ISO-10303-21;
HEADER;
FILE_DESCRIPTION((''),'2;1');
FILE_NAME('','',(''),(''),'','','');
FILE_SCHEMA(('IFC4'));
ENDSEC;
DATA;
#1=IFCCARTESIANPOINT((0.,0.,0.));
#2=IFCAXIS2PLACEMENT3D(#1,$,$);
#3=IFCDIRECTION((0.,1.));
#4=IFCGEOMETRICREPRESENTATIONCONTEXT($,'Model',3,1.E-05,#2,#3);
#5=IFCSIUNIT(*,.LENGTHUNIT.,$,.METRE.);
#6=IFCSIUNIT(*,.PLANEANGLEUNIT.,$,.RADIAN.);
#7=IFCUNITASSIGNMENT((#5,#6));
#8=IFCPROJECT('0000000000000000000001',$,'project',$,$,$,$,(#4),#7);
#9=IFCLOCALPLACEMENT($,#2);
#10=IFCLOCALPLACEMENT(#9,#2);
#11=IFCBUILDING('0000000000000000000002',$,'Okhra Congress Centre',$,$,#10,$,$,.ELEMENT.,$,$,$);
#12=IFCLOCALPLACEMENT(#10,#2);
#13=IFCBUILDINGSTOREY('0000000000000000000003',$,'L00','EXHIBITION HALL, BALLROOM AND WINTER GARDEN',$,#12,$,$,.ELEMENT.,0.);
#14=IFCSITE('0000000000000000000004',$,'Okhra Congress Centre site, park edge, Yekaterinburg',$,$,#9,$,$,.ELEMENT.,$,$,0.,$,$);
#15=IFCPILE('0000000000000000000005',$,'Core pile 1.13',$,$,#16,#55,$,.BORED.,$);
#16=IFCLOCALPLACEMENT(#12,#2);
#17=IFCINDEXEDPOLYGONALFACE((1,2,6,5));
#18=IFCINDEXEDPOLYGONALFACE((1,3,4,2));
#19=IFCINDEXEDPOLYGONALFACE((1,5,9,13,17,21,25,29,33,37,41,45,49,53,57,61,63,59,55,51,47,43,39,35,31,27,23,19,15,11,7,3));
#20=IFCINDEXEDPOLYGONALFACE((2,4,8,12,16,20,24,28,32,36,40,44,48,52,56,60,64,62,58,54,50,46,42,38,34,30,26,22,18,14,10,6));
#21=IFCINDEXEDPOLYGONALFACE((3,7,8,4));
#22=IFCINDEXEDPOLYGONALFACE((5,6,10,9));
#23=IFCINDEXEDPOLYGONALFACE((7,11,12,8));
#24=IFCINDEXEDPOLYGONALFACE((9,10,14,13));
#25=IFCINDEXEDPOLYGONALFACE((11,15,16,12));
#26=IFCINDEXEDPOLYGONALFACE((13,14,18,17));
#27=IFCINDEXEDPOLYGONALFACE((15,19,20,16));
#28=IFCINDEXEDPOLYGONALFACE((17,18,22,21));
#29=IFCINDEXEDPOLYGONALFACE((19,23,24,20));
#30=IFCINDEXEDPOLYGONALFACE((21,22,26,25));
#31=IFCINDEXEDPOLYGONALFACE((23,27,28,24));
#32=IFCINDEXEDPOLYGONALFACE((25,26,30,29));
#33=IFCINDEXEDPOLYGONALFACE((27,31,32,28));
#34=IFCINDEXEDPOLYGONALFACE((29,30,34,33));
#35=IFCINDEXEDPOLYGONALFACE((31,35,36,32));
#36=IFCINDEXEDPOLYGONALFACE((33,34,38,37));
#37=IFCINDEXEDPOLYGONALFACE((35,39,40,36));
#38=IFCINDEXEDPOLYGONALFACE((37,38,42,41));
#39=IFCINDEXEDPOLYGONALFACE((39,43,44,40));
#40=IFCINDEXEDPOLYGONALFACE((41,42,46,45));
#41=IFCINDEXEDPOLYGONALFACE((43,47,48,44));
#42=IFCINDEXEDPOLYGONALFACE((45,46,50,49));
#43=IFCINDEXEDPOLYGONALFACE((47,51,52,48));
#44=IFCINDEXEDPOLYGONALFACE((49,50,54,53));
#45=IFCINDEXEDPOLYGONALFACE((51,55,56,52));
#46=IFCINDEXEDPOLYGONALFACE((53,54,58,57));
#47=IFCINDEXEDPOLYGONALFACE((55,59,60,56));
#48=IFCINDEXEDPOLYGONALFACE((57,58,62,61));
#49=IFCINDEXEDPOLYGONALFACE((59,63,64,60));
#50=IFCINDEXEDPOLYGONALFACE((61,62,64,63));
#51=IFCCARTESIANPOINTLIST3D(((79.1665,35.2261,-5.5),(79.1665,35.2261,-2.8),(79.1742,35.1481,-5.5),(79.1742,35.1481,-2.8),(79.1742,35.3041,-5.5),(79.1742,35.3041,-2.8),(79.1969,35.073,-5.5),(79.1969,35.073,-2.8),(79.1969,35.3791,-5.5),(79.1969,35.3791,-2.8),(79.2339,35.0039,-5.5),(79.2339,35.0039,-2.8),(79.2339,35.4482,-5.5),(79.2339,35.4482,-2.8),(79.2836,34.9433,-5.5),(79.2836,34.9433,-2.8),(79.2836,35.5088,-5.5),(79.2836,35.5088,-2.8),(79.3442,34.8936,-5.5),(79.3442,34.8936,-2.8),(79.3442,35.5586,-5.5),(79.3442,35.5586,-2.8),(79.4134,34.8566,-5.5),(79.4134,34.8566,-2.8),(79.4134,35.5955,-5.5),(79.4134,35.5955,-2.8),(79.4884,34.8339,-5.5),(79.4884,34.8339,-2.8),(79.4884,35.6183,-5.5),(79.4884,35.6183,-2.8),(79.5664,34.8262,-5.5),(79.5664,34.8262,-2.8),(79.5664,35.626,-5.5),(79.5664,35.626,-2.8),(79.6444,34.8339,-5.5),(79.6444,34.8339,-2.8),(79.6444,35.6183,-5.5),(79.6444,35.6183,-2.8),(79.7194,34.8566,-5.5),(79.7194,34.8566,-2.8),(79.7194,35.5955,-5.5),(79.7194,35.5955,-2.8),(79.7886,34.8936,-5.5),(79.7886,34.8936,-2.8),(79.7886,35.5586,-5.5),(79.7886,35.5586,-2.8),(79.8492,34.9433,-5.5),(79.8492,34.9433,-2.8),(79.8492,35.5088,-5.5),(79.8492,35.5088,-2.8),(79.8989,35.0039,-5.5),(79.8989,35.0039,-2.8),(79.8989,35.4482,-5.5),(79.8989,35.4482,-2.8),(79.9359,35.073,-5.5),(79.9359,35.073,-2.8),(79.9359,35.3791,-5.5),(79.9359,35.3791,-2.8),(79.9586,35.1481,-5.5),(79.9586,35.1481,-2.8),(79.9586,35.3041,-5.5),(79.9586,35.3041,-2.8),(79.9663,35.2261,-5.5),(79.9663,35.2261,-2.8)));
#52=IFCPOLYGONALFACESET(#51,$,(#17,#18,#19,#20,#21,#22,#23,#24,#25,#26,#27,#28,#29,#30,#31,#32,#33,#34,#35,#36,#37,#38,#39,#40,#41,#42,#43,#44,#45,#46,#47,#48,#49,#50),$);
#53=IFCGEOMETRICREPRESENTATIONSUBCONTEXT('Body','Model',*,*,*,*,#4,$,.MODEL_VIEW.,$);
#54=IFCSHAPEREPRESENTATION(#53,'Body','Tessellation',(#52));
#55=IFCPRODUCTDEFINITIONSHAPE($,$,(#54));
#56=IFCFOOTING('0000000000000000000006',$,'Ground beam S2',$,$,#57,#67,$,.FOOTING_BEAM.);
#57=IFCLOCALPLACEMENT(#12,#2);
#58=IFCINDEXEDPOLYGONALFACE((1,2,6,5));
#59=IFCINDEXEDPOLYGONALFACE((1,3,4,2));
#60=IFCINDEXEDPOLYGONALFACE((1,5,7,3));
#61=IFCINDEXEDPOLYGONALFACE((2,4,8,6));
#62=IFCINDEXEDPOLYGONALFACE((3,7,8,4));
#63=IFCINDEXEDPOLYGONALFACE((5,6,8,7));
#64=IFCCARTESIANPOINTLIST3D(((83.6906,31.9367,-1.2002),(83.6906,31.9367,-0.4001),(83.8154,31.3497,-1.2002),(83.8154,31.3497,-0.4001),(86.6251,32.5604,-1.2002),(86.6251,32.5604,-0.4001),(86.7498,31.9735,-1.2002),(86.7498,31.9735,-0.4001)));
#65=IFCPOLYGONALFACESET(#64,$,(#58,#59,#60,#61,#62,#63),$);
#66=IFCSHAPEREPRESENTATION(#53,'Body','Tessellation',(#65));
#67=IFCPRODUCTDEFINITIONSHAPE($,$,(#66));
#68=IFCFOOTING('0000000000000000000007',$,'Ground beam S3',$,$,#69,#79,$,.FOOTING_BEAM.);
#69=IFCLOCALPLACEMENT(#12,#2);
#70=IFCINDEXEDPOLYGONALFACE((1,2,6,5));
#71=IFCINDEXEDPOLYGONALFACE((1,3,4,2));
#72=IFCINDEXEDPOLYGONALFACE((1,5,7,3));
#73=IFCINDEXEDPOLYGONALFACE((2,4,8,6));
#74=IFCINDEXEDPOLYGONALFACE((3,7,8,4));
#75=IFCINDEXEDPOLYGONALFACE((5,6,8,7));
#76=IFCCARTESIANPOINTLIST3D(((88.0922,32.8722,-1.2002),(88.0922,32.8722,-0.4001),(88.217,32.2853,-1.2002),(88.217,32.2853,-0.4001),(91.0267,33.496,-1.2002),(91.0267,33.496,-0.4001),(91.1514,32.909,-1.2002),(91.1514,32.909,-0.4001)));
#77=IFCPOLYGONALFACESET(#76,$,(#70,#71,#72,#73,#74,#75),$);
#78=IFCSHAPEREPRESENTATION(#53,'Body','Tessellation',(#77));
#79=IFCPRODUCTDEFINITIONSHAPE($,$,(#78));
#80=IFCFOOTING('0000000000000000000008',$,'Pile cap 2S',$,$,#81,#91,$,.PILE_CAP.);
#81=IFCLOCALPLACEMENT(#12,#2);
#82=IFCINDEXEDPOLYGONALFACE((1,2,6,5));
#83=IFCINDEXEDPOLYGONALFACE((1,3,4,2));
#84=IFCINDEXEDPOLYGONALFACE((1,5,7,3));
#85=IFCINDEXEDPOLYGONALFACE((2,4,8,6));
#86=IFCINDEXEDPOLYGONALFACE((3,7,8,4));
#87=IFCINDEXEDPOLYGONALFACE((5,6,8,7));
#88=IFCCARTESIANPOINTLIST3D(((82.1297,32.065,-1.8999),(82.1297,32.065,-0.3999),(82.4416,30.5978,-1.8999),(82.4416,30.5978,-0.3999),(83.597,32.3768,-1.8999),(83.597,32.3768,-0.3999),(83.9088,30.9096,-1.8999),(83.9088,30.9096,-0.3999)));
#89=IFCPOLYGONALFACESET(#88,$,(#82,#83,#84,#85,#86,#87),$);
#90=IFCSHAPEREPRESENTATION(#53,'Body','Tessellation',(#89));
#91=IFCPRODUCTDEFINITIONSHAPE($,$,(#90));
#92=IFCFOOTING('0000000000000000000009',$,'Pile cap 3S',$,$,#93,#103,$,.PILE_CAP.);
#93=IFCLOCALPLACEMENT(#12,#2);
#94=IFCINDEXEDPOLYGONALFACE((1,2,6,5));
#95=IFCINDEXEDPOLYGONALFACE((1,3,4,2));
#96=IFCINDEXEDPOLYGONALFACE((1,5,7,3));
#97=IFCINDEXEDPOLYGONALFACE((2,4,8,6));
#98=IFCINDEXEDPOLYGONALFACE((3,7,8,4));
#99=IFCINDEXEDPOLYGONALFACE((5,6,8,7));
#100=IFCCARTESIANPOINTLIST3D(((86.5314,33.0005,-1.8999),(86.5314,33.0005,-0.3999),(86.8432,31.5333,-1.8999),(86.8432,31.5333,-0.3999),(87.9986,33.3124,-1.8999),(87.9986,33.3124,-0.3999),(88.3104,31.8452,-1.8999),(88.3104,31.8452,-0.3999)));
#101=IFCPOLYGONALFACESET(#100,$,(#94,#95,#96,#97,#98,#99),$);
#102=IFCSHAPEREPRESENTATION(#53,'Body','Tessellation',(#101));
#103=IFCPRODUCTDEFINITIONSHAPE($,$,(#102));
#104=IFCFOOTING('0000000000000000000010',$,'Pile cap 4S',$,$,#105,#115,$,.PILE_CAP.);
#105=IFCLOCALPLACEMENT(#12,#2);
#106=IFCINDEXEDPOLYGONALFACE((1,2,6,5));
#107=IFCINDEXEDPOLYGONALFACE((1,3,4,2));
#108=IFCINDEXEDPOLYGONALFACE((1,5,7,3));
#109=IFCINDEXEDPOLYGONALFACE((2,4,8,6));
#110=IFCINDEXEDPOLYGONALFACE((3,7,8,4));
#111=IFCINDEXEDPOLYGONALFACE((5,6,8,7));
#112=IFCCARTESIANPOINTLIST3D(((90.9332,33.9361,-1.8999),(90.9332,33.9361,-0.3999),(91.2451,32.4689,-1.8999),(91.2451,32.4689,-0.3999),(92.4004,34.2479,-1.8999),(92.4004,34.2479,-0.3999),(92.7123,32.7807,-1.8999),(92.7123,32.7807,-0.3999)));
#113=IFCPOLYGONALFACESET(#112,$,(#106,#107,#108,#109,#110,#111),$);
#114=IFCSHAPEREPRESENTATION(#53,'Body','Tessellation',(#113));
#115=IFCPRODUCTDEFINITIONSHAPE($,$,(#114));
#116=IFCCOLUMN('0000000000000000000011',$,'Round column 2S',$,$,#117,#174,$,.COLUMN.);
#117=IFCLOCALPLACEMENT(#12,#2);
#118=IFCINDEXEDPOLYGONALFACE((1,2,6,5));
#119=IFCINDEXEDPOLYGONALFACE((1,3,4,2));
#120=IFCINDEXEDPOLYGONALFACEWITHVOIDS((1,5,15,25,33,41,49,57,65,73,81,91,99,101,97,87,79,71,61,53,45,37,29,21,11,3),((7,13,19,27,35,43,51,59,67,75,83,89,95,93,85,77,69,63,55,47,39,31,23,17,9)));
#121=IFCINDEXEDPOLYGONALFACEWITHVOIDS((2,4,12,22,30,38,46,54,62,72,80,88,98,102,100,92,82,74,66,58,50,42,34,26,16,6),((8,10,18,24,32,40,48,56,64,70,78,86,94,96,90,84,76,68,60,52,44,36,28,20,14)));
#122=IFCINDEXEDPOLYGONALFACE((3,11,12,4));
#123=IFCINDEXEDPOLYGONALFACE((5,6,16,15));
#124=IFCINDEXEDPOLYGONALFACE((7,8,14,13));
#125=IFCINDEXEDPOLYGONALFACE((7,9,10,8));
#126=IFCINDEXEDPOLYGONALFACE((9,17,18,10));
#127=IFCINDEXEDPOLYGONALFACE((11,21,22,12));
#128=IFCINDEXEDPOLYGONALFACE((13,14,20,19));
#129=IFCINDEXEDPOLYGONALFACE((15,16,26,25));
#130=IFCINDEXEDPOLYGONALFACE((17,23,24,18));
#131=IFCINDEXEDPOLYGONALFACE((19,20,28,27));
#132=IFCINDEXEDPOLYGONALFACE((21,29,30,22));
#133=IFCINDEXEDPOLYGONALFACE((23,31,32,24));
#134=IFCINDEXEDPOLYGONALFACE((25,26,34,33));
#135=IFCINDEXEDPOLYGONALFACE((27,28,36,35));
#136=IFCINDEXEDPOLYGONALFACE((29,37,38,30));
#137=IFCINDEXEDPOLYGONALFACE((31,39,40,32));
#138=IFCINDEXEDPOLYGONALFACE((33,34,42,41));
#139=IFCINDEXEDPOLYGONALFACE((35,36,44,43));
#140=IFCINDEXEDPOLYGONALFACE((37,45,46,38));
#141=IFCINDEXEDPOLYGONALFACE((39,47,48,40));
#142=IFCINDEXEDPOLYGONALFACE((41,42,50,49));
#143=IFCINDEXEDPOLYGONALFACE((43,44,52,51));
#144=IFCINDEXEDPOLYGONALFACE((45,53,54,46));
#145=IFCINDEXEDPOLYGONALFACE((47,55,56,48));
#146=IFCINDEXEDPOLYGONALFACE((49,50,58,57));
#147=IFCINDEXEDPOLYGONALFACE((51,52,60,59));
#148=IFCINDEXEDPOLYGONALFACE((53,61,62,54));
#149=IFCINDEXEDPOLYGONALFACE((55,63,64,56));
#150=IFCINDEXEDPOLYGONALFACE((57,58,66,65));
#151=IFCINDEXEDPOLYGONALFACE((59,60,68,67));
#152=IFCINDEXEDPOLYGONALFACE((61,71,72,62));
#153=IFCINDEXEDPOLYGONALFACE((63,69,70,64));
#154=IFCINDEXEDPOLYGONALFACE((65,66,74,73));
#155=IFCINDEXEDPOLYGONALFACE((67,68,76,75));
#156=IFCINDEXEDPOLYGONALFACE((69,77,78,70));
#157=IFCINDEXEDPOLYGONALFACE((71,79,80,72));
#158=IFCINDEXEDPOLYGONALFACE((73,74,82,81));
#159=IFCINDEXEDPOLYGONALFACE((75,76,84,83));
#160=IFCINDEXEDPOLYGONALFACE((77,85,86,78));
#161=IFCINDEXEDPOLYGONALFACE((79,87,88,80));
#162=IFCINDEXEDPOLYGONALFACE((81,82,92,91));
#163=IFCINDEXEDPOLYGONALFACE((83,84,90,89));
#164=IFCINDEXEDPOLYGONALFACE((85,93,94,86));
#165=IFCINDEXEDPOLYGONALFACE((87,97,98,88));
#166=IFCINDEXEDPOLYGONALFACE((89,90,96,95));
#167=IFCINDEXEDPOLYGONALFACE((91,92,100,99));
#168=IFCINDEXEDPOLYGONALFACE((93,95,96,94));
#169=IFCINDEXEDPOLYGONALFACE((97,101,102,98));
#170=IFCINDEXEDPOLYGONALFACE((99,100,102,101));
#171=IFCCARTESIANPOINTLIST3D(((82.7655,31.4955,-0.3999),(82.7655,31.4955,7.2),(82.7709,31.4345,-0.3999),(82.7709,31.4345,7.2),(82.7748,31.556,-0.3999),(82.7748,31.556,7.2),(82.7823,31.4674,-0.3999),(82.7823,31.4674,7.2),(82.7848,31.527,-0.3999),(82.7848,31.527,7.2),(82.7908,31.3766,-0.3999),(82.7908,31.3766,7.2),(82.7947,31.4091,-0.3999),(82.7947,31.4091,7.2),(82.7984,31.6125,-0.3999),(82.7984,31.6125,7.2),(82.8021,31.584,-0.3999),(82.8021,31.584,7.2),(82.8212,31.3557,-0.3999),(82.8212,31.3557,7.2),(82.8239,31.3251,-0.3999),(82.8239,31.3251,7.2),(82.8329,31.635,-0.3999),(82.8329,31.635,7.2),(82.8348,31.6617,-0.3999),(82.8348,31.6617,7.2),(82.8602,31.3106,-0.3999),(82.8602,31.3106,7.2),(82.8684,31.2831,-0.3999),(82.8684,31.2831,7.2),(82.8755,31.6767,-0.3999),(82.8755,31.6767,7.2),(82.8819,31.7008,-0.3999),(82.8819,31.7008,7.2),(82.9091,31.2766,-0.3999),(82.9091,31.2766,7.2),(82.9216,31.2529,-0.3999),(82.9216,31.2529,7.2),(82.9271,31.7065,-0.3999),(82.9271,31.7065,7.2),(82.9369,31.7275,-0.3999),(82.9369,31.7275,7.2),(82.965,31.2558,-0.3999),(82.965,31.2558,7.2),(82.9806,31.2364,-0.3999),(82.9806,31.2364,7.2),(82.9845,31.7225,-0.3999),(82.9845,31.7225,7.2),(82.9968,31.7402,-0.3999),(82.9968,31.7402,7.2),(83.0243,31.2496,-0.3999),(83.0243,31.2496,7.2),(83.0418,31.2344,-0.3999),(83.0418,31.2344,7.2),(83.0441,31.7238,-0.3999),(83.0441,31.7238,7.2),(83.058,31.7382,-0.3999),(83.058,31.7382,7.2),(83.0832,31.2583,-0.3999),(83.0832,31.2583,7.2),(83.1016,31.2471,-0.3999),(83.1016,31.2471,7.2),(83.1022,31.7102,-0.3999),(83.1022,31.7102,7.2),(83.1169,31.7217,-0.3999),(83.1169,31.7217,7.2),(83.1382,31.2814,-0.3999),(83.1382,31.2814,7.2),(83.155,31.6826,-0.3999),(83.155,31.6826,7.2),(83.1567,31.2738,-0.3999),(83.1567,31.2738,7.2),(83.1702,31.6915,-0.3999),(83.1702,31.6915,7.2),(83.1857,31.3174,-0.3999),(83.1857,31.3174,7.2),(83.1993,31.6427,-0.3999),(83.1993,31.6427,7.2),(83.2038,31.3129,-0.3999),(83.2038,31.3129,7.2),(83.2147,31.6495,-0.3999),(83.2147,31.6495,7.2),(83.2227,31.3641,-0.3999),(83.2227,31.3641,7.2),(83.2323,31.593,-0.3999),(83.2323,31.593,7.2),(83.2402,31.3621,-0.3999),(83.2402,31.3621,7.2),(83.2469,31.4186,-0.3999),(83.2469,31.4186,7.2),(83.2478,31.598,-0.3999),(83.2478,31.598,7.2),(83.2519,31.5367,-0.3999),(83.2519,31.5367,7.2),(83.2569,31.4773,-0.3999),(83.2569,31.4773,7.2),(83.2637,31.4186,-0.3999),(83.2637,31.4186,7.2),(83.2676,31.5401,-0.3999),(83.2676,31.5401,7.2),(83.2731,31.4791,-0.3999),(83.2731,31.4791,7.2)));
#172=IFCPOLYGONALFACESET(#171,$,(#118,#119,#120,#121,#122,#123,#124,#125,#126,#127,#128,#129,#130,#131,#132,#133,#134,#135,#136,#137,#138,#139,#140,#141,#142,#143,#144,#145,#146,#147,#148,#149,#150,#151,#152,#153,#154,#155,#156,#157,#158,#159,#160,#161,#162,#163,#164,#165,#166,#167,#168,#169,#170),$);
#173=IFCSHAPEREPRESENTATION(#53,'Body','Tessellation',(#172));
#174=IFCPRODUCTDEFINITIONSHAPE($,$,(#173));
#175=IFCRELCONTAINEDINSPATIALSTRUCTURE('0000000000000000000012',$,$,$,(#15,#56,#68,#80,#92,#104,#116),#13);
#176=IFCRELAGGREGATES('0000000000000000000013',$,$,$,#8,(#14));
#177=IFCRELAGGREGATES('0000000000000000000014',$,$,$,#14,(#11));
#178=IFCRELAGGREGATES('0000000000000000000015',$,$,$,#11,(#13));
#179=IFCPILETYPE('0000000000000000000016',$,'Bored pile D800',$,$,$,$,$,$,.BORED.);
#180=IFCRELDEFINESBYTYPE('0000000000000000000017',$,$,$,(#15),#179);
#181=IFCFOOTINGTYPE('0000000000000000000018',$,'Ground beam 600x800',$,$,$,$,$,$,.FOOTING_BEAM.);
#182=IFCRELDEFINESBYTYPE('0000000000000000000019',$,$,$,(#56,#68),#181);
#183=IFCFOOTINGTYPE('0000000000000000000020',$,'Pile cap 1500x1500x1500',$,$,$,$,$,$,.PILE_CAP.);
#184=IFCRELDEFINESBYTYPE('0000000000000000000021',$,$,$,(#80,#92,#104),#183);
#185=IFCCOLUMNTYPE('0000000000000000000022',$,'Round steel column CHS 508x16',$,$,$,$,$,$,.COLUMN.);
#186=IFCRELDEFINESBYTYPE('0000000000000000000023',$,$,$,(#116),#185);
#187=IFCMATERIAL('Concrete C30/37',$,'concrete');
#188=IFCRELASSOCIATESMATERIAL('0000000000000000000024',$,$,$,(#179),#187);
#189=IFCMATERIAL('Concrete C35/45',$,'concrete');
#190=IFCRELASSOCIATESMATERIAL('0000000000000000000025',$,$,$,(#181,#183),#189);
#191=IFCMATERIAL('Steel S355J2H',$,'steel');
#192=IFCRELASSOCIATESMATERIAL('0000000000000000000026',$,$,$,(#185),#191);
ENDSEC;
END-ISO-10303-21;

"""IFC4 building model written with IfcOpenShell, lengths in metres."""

from ifc_helpers import new_model, si_unit, direction, frame, origin, origin_2d, place, context, subcontext, project, spatial, rectangle, circle, hollow_circle, extrude, material, material_profile, profile_set, type_object, element, save


model = new_model("IFC4")

# Units and contexts
model_context = context("Model", 3, precision=1e-05, world=origin(), true_north=direction((0.0, 1.0)))
body_context = subcontext(model_context, "Body", "Model", "MODEL_VIEW")
ifc_project = project(units=[si_unit("LENGTHUNIT", "METRE"), si_unit("PLANEANGLEUNIT", "RADIAN")], contexts=[model_context])

# Site, building, storey
site_placement = place(None, origin())
site = spatial("IfcSite", under=ifc_project, at=site_placement, Name="Okhra Congress Centre site, park edge, Yekaterinburg", CompositionType="ELEMENT", RefElevation=0.0)
building_placement = place(site_placement, origin())
building = spatial("IfcBuilding", under=site, at=building_placement, Name="Okhra Congress Centre", CompositionType="ELEMENT")
storey_placement = place(building_placement, origin())
storey = spatial("IfcBuildingStorey", under=building, at=storey_placement, Name="L00", Description="EXHIBITION HALL, BALLROOM AND WINTER GARDEN", CompositionType="ELEMENT", Elevation=0.0)

# Pile
ifc_material_1 = material(Name="Concrete C30/37", Category="concrete")
ifc_material_profile_1 = material_profile(ifc_material_1, circle(Radius=0.3999, at=origin_2d()), Name="D800")
ifc_profile_set_1 = profile_set([ifc_material_profile_1], Name="Concrete C30/37")
pile_type_1 = type_object("IfcPileType", Name="Bored pile D800", PredefinedType="BORED", material=ifc_profile_set_1)
pile_1_placement = place(storey_placement, frame((79.5664, 35.2261, -2.8), z_axis=(0.0, 0.0, -1.0), x_axis=(1.0, 0.0, 0.0)))
element("IfcPile", 1, at=pile_1_placement, inside=storey, type_object=pile_type_1, Name="Core pile 1.13", PredefinedType="BORED", context=body_context, shape_type="SweptSolid", body=[
    extrude(circle(Radius=0.3999, at=origin_2d()), origin(), (0.0, 0.0, 1.0), 2.7),
])

# Footings
ifc_material_2 = material(Name="Concrete C35/45", Category="concrete")
footing_type_1 = type_object("IfcFootingType", Name="Ground beam 600x800", PredefinedType="FOOTING_BEAM", material=ifc_material_2)
for number, where, z_axis, x_axis, name in (
    (2, (85.2202, 31.9551, -1.2002), (0.0, 0.0, 1.0), (0.978148, 0.207912, 0.0), "Ground beam S2"),
    (3, (89.6218, 32.8906, -1.2002), (0.0, 0.0, 1.0), (0.978148, 0.207912, 0.0), "Ground beam S3"),
):
    element("IfcFooting", number, at=place(storey_placement, frame(where, z_axis=z_axis, x_axis=x_axis)), inside=storey, type_object=footing_type_1, Name=name, PredefinedType="FOOTING_BEAM", context=body_context, shape_type="SweptSolid", body=[
        extrude(rectangle(XDim=3.0, YDim=0.6001, at=origin_2d()), origin(), (0.0, 0.0, 1.0), 0.8),
    ])
footing_type_2 = type_object("IfcFootingType", Name="Pile cap 1500x1500x1500", PredefinedType="PILE_CAP", material=ifc_material_2)
for number, where, z_axis, x_axis, name in (
    (4, (83.0193, 31.4873, -1.8999), (0.0, 0.0, 1.0), (0.978148, 0.207912, 0.0), "Pile cap 2S"),
    (5, (87.4209, 32.4229, -1.8999), (0.0, 0.0, 1.0), (0.978148, 0.207912, 0.0), "Pile cap 3S"),
    (6, (91.8228, 33.3584, -1.8999), (0.0, 0.0, 1.0), (0.978148, 0.207912, 0.0), "Pile cap 4S"),
):
    element("IfcFooting", number, at=place(storey_placement, frame(where, z_axis=z_axis, x_axis=x_axis)), inside=storey, type_object=footing_type_2, Name=name, PredefinedType="PILE_CAP", context=body_context, shape_type="SweptSolid", body=[
        extrude(rectangle(XDim=1.5, YDim=1.5, at=origin_2d()), origin(), (0.0, 0.0, 1.0), 1.5),
    ])

# Column
ifc_material_3 = material(Name="Steel S355J2H", Category="steel")
ifc_material_profile_2 = material_profile(ifc_material_3, hollow_circle(Radius=0.2539, WallThickness=0.0161, at=origin_2d()), Name="CHS 508x16")
ifc_profile_set_2 = profile_set([ifc_material_profile_2], Name="Steel S355J2H")
column_type = type_object("IfcColumnType", Name="Round steel column CHS 508x16", PredefinedType="COLUMN", material=ifc_profile_set_2)
for number, where, z_axis, x_axis, name in (
    (7, (83.0193, 31.4873, -0.3999), (0.0, 0.0, 1.0), (0.978148, 0.207912, 0.0), "Round column 2S"),
):
    element("IfcColumn", number, at=place(storey_placement, frame(where, z_axis=z_axis, x_axis=x_axis)), inside=storey, type_object=column_type, Name=name, PredefinedType="COLUMN", context=body_context, shape_type="SweptSolid", body=[
        extrude(hollow_circle(Radius=0.2539, WallThickness=0.0161, at=origin_2d()), origin(), (0.0, 0.0, 1.0), 7.5999),
    ])

save(model, "model.ifc")
